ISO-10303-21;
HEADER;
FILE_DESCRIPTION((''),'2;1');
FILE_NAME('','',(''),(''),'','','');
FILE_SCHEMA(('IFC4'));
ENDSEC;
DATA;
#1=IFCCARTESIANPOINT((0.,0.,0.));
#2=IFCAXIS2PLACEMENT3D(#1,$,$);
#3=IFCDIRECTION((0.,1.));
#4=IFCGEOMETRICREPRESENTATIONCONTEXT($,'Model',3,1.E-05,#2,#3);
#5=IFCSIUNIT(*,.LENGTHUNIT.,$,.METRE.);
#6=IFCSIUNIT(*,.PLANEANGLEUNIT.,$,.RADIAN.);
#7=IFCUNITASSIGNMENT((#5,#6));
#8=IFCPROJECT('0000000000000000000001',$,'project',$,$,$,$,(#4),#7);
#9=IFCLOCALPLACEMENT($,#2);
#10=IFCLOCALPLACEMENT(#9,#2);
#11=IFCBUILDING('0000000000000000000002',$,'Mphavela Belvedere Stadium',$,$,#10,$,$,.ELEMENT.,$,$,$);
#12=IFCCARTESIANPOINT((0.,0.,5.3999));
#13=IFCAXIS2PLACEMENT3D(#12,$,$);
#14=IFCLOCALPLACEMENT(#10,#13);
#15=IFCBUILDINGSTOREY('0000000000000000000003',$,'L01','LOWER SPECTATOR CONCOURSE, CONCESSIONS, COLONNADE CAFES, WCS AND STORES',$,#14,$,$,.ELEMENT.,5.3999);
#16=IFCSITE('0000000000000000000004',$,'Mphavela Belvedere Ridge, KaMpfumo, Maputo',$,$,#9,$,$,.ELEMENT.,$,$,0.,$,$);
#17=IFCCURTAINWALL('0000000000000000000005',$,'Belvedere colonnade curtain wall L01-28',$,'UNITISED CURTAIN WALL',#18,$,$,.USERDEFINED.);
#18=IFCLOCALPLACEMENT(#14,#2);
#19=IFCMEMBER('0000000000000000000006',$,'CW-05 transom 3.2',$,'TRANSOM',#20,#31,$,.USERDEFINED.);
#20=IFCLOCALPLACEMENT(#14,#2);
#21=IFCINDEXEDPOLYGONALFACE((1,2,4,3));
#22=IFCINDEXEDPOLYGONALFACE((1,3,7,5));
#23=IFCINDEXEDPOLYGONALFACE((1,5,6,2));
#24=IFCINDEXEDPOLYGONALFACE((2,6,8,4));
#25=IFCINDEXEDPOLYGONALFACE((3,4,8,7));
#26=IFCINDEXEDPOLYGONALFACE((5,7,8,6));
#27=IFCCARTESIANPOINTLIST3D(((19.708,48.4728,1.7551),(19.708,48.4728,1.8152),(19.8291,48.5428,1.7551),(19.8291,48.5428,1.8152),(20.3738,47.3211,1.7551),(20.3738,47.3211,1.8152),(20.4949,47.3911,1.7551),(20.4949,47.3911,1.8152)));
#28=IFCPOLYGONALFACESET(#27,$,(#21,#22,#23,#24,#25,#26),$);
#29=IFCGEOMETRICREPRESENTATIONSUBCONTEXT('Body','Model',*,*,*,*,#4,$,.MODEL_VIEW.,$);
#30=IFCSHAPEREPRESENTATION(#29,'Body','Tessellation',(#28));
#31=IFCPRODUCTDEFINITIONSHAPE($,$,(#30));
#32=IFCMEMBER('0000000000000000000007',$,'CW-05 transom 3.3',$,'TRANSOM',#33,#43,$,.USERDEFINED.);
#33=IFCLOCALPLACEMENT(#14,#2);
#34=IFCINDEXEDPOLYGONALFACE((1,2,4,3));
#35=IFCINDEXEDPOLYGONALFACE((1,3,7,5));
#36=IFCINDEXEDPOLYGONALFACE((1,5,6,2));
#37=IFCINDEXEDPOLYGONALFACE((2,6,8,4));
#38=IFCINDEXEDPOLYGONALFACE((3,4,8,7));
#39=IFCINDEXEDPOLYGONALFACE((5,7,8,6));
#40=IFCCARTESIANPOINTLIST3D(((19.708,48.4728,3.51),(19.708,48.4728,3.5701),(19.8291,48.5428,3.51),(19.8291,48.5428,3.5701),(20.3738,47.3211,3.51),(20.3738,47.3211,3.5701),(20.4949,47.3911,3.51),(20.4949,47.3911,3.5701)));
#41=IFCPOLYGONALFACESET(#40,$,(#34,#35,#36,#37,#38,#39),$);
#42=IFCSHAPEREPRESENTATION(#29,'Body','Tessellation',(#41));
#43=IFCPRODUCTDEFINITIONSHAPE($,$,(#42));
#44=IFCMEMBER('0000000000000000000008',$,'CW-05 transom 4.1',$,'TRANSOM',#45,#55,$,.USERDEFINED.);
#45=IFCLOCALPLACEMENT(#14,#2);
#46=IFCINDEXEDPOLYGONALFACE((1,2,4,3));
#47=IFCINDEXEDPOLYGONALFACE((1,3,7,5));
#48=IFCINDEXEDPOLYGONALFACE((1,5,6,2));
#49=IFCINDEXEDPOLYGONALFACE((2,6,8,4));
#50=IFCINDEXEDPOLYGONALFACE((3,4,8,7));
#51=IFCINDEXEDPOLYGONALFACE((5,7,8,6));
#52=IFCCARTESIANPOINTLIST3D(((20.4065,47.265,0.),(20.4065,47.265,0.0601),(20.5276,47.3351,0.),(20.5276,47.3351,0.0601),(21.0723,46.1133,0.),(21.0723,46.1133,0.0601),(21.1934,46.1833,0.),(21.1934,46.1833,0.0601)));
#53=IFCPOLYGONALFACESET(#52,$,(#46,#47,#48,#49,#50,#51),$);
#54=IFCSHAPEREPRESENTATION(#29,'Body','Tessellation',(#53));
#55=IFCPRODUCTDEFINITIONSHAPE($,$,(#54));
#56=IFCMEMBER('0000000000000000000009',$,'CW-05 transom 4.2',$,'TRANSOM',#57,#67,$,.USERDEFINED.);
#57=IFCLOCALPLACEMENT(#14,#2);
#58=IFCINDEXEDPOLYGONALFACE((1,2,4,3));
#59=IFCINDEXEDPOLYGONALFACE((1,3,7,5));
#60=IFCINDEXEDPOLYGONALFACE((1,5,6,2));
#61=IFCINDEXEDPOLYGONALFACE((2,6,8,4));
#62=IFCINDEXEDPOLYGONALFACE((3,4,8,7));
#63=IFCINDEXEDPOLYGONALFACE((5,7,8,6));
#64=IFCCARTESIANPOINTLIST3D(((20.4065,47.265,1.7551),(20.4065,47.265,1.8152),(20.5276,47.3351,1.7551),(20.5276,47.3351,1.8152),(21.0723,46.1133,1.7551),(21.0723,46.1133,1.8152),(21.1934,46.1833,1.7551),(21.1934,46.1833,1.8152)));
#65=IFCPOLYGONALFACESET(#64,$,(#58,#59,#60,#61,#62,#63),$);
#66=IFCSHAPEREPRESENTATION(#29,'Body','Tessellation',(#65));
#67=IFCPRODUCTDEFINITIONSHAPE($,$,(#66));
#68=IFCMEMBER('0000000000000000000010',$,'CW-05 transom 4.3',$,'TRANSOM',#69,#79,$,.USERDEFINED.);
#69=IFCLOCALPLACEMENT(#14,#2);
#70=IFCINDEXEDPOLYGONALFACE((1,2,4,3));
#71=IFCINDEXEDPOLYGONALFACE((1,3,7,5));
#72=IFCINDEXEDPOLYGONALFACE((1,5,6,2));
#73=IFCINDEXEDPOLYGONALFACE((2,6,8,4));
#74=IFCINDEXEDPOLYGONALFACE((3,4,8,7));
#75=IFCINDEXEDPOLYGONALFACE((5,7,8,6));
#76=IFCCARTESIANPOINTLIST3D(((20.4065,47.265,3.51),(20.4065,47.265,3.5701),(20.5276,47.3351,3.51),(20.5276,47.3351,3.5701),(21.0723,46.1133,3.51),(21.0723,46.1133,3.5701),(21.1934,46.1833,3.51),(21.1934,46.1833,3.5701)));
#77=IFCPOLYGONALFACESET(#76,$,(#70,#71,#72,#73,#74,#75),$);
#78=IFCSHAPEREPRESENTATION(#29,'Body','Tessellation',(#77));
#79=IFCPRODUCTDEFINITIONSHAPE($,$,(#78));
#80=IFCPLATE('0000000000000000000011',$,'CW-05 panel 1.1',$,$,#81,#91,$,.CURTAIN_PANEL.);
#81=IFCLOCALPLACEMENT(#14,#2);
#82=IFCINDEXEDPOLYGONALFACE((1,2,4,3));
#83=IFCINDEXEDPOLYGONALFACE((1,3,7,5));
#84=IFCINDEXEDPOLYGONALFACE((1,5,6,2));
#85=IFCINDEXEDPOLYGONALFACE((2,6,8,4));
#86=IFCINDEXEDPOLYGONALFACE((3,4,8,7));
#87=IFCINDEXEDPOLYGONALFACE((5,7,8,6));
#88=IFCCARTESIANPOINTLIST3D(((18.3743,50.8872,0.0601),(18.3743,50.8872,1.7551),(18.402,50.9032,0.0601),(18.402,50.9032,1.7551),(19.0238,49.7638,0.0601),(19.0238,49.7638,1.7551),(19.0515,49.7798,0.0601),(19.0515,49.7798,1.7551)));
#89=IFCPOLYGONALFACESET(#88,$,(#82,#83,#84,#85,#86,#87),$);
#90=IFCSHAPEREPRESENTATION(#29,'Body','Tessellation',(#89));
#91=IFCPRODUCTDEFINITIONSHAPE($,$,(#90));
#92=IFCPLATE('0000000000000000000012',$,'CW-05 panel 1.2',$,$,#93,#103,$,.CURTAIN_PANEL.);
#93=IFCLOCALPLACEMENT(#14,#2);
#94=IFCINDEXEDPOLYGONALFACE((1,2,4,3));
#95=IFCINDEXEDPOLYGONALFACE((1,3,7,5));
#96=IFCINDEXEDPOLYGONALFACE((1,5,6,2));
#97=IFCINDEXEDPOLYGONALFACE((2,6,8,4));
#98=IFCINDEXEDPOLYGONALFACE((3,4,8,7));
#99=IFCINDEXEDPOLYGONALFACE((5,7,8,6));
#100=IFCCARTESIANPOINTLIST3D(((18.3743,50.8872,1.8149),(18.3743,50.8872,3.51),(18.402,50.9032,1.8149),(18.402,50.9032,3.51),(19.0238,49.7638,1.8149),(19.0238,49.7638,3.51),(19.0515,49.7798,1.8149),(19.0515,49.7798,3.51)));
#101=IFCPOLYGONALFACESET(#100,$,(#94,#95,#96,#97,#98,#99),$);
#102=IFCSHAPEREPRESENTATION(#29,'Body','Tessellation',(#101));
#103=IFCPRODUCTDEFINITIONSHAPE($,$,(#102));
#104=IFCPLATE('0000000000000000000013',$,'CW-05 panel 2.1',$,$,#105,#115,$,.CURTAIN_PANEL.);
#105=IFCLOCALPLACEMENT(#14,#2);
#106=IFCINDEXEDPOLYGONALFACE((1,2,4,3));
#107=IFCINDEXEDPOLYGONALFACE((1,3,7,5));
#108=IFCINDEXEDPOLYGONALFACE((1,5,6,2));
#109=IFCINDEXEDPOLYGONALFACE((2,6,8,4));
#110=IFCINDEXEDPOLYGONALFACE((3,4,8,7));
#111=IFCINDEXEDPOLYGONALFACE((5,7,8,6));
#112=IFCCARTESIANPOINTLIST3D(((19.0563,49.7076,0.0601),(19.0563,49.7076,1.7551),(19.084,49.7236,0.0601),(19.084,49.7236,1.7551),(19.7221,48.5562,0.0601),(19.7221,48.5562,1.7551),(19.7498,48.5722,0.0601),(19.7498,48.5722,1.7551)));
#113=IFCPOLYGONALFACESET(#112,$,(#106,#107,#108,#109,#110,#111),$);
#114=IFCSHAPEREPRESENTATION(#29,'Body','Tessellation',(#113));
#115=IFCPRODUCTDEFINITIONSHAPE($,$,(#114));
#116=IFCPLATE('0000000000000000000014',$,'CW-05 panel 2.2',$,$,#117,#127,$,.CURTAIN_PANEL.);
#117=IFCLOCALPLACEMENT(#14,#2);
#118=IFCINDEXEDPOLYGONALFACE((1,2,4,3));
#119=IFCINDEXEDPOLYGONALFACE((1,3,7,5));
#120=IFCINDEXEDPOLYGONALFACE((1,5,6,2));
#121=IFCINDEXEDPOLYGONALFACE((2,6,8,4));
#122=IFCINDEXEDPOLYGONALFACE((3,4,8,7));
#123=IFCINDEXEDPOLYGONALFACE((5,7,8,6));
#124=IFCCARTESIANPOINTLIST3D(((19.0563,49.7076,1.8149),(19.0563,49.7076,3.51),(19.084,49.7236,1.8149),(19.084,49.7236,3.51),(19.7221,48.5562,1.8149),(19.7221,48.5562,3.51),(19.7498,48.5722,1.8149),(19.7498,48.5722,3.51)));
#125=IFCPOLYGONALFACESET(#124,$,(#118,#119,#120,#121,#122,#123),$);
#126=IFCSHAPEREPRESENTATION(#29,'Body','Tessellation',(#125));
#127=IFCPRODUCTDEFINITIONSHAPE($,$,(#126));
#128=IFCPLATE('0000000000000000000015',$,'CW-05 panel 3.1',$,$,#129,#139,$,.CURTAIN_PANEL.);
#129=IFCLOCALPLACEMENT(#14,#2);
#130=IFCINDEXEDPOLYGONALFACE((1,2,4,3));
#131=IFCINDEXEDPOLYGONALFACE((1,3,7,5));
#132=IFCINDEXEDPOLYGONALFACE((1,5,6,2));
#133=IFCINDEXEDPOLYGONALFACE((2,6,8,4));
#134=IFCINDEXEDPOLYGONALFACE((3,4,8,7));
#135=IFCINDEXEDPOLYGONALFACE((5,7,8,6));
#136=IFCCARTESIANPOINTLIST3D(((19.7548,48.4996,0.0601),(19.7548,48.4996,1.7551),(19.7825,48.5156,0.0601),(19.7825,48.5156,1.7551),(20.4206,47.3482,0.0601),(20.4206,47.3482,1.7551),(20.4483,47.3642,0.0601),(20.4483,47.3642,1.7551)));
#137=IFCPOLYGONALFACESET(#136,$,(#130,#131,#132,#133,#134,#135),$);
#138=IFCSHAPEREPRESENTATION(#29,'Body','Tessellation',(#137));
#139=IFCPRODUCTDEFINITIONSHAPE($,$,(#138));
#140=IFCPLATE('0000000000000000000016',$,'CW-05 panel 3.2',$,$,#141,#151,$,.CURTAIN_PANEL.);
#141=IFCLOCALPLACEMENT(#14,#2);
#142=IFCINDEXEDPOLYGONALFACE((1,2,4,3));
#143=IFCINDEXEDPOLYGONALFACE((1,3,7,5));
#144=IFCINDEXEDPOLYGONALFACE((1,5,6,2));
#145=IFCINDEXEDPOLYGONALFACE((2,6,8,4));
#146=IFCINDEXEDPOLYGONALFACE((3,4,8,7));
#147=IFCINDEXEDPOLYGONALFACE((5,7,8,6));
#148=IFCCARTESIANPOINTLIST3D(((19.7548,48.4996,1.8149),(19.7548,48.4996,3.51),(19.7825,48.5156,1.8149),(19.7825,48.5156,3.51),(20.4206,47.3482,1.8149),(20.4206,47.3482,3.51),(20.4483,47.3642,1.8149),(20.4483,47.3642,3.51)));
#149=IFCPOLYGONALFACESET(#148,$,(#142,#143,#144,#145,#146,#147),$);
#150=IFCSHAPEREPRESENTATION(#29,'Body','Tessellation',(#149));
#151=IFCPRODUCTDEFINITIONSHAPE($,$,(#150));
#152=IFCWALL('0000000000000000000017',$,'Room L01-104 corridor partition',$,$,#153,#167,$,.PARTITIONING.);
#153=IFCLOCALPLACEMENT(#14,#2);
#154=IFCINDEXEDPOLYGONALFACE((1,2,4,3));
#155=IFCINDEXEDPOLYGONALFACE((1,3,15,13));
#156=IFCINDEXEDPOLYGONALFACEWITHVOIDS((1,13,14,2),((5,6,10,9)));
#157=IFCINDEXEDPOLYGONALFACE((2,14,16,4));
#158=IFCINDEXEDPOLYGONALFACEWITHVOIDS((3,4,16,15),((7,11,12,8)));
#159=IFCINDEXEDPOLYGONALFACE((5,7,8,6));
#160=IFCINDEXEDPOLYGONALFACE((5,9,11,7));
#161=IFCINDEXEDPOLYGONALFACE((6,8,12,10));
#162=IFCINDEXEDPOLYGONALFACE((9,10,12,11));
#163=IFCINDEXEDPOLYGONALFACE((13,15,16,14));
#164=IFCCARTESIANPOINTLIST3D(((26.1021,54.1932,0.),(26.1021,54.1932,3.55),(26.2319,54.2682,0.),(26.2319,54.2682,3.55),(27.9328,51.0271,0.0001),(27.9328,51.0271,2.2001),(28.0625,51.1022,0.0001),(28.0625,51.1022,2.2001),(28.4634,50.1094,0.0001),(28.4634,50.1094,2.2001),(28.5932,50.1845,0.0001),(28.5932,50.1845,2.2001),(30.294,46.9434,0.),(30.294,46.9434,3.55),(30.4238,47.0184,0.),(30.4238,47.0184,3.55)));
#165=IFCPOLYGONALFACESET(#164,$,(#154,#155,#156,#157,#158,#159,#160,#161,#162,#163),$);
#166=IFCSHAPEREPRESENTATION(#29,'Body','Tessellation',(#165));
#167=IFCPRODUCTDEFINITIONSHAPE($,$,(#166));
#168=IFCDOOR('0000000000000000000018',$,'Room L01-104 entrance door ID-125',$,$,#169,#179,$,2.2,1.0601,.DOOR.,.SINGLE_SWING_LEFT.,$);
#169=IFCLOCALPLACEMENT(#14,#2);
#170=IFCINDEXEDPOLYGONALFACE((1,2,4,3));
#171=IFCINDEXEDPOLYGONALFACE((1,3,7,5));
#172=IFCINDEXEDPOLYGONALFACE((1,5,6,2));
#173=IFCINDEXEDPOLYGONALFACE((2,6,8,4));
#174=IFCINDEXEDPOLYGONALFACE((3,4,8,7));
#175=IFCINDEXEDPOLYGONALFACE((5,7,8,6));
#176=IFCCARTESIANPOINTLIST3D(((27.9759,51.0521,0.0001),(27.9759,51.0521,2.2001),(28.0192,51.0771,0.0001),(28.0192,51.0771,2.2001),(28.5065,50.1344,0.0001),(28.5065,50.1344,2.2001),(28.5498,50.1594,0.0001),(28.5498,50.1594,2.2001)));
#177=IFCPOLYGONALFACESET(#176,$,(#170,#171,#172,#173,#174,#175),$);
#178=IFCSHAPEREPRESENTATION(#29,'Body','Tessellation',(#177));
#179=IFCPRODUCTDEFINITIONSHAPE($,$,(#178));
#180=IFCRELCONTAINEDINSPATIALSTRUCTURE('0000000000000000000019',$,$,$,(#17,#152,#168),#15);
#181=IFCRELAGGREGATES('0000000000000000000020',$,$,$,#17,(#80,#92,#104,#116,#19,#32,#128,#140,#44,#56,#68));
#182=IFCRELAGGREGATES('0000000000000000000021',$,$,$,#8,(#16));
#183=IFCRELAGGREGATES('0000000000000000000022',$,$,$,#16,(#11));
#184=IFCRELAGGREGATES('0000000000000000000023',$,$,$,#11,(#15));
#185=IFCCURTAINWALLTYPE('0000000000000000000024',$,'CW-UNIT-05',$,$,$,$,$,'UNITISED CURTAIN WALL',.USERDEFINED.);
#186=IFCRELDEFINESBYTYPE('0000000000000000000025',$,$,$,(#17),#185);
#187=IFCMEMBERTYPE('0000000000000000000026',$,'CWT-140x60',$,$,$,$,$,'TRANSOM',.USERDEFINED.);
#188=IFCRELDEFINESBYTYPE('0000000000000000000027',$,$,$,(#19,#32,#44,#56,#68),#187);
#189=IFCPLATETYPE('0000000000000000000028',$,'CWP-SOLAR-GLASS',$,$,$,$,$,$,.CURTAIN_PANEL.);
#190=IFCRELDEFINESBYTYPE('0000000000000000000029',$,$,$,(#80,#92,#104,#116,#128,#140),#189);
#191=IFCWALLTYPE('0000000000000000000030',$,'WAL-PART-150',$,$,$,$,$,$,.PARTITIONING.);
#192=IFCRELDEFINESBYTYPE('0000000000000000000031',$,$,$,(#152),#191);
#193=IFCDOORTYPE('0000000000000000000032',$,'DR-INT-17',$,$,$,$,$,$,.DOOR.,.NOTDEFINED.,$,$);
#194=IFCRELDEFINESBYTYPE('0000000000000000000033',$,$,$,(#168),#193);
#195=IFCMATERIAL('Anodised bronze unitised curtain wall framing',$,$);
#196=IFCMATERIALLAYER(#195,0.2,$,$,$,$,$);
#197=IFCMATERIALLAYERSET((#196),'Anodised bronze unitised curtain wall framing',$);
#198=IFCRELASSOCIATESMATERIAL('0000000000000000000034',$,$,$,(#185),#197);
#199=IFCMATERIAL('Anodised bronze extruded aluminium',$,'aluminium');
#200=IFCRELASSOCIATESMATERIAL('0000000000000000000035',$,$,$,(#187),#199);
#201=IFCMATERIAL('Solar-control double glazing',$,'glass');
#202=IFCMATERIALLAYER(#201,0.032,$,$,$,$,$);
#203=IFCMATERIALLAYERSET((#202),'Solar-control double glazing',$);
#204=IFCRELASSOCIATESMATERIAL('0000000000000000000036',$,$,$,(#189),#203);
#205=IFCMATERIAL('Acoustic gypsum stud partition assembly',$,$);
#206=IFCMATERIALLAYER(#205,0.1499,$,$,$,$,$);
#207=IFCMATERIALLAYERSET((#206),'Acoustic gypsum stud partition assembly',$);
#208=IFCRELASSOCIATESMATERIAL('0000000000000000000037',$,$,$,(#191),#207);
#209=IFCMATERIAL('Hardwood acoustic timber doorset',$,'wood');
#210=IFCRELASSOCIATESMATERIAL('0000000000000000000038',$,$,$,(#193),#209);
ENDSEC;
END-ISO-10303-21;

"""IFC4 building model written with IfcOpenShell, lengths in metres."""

from ifc_helpers import new_model, si_unit, direction, frame, frame_2d, origin, origin_2d, place, context, subcontext, project, spatial, rectangle, extrude, material, layer, layer_set, material_profile, profile_set, type_object, element, fill, aggregate, save


model = new_model("IFC4")

# Units and contexts
model_context = context("Model", 3, precision=1e-05, world=origin(), true_north=direction((0.0, 1.0)))
body_context = subcontext(model_context, "Body", "Model", "MODEL_VIEW")
ifc_project = project(units=[si_unit("LENGTHUNIT", "METRE"), si_unit("PLANEANGLEUNIT", "RADIAN")], contexts=[model_context])

# Site, building, storey
site_placement = place(None, origin())
site = spatial("IfcSite", under=ifc_project, at=site_placement, Name="Mphavela Belvedere Ridge, KaMpfumo, Maputo", CompositionType="ELEMENT", RefElevation=0.0)
building_placement = place(site_placement, origin())
building = spatial("IfcBuilding", under=site, at=building_placement, Name="Mphavela Belvedere Stadium", CompositionType="ELEMENT")
storey_placement = place(building_placement, frame((0.0, 0.0, 5.3999)))
storey = spatial("IfcBuildingStorey", under=building, at=storey_placement, Name="L01", Description="LOWER SPECTATOR CONCOURSE, CONCESSIONS, COLONNADE CAFES, WCS AND STORES", CompositionType="ELEMENT", Elevation=5.3999)

# Curtain wall, members, plates
ifc_material_1 = material(Name="Anodised bronze unitised curtain wall framing")
ifc_layer_1 = layer(ifc_material_1, 0.2)
ifc_layer_set_1 = layer_set([ifc_layer_1], Name="Anodised bronze unitised curtain wall framing")
curtain_wall_type = type_object("IfcCurtainWallType", Name="CW-UNIT-05", ElementType="UNITISED CURTAIN WALL", PredefinedType="USERDEFINED", material=ifc_layer_set_1)
curtain_wall_placement = place(storey_placement, origin())
curtain_wall = element("IfcCurtainWall", 1, at=curtain_wall_placement, inside=storey, type_object=curtain_wall_type, Name="Belvedere colonnade curtain wall L01-28", ObjectType="UNITISED CURTAIN WALL", PredefinedType="USERDEFINED")
ifc_material_2 = material(Name="Anodised bronze extruded aluminium", Category="aluminium")
ifc_material_profile_1 = material_profile(ifc_material_2, rectangle(XDim=0.1399, YDim=0.0601, at=origin_2d()), Name="CW-TRN 140x60")
ifc_profile_set_1 = profile_set([ifc_material_profile_1], Name="Anodised bronze extruded aluminium")
member_type_1 = type_object("IfcMemberType", Name="CWT-140x60", ElementType="TRANSOM", PredefinedType="USERDEFINED", material=ifc_profile_set_1)
member_1_placement = place(storey_placement, frame((19.7686, 48.5078, 1.7852), z_axis=(0.500501, -0.865736, 0.0), x_axis=(0.865736, 0.500501, 0.0)))
member_1 = element("IfcMember", 2, at=member_1_placement, type_object=member_type_1, Name="CW-05 transom 3.2", ObjectType="TRANSOM", PredefinedType="USERDEFINED", context=body_context, shape_type="SweptSolid", body=[
    extrude(rectangle(XDim=0.1399, YDim=0.0601, at=origin_2d()), origin(), (0.0, 0.0, 1.0), 1.3303),
])
member_2_placement = place(storey_placement, frame((19.7686, 48.5078, 3.54), z_axis=(0.500501, -0.865736, 0.0), x_axis=(0.865736, 0.500501, 0.0)))
member_2 = element("IfcMember", 3, at=member_2_placement, type_object=member_type_1, Name="CW-05 transom 3.3", ObjectType="TRANSOM", PredefinedType="USERDEFINED", context=body_context, shape_type="SweptSolid", body=[
    extrude(rectangle(XDim=0.1399, YDim=0.0601, at=origin_2d()), origin(), (0.0, 0.0, 1.0), 1.3303),
])
member_3_placement = place(storey_placement, frame((20.467, 47.3, 0.03), z_axis=(0.500501, -0.865736, 0.0), x_axis=(0.865736, 0.500501, 0.0)))
member_3 = element("IfcMember", 4, at=member_3_placement, type_object=member_type_1, Name="CW-05 transom 4.1", ObjectType="TRANSOM", PredefinedType="USERDEFINED", context=body_context, shape_type="SweptSolid", body=[
    extrude(rectangle(XDim=0.1399, YDim=0.0601, at=origin_2d()), origin(), (0.0, 0.0, 1.0), 1.3303),
])
member_4_placement = place(storey_placement, frame((20.467, 47.3, 1.7852), z_axis=(0.500501, -0.865736, 0.0), x_axis=(0.865736, 0.500501, 0.0)))
member_4 = element("IfcMember", 5, at=member_4_placement, type_object=member_type_1, Name="CW-05 transom 4.2", ObjectType="TRANSOM", PredefinedType="USERDEFINED", context=body_context, shape_type="SweptSolid", body=[
    extrude(rectangle(XDim=0.1399, YDim=0.0601, at=origin_2d()), origin(), (0.0, 0.0, 1.0), 1.3303),
])
member_5_placement = place(storey_placement, frame((20.467, 47.3, 3.54), z_axis=(0.500501, -0.865736, 0.0), x_axis=(0.865736, 0.500501, 0.0)))
member_5 = element("IfcMember", 6, at=member_5_placement, type_object=member_type_1, Name="CW-05 transom 4.3", ObjectType="TRANSOM", PredefinedType="USERDEFINED", context=body_context, shape_type="SweptSolid", body=[
    extrude(rectangle(XDim=0.1399, YDim=0.0601, at=origin_2d()), origin(), (0.0, 0.0, 1.0), 1.3303),
])
ifc_material_3 = material(Name="Solar-control double glazing", Category="glass")
ifc_layer_2 = layer(ifc_material_3, 0.032)
ifc_layer_set_2 = layer_set([ifc_layer_2], Name="Solar-control double glazing")
plate_type = type_object("IfcPlateType", Name="CWP-SOLAR-GLASS", PredefinedType="CURTAIN_PANEL", material=ifc_layer_set_2)
plate_1_placement = place(storey_placement, frame((18.7129, 50.3335, 0.0601), z_axis=(0.0, 0.0, 1.0), x_axis=(0.500561, -0.865702, 0.0)))
plate_1 = element("IfcPlate", 7, at=plate_1_placement, type_object=plate_type, Name="CW-05 panel 1.1", PredefinedType="CURTAIN_PANEL", context=body_context, shape_type="SweptSolid", body=[
    extrude(rectangle(XDim=1.2976, YDim=0.032, at=origin_2d()), origin(), (0.0, 0.0, 1.0), 1.6951),
])
plate_2_placement = place(storey_placement, frame((18.7129, 50.3335, 1.8149), z_axis=(0.0, 0.0, 1.0), x_axis=(0.500561, -0.865702, 0.0)))
plate_2 = element("IfcPlate", 8, at=plate_2_placement, type_object=plate_type, Name="CW-05 panel 1.2", PredefinedType="CURTAIN_PANEL", context=body_context, shape_type="SweptSolid", body=[
    extrude(rectangle(XDim=1.2976, YDim=0.032, at=origin_2d()), origin(), (0.0, 0.0, 1.0), 1.6951),
])
plate_3_placement = place(storey_placement, frame((19.4031, 49.1399, 0.0601), z_axis=(0.0, 0.0, 1.0), x_axis=(0.500561, -0.865702, 0.0)))
plate_3 = element("IfcPlate", 9, at=plate_3_placement, type_object=plate_type, Name="CW-05 panel 2.1", PredefinedType="CURTAIN_PANEL", context=body_context, shape_type="SweptSolid", body=[
    extrude(rectangle(XDim=1.3301, YDim=0.032, at=origin_2d()), origin(), (0.0, 0.0, 1.0), 1.6951),
])
plate_4_placement = place(storey_placement, frame((19.4031, 49.1399, 1.8149), z_axis=(0.0, 0.0, 1.0), x_axis=(0.500561, -0.865702, 0.0)))
plate_4 = element("IfcPlate", 10, at=plate_4_placement, type_object=plate_type, Name="CW-05 panel 2.2", PredefinedType="CURTAIN_PANEL", context=body_context, shape_type="SweptSolid", body=[
    extrude(rectangle(XDim=1.3301, YDim=0.032, at=origin_2d()), origin(), (0.0, 0.0, 1.0), 1.6951),
])
plate_5_placement = place(storey_placement, frame((20.1016, 47.9319, 0.0601), z_axis=(0.0, 0.0, 1.0), x_axis=(0.500561, -0.865702, 0.0)))
plate_5 = element("IfcPlate", 11, at=plate_5_placement, type_object=plate_type, Name="CW-05 panel 3.1", PredefinedType="CURTAIN_PANEL", context=body_context, shape_type="SweptSolid", body=[
    extrude(rectangle(XDim=1.3301, YDim=0.032, at=origin_2d()), origin(), (0.0, 0.0, 1.0), 1.6951),
])
plate_6_placement = place(storey_placement, frame((20.1016, 47.9319, 1.8149), z_axis=(0.0, 0.0, 1.0), x_axis=(0.500561, -0.865702, 0.0)))
plate_6 = element("IfcPlate", 12, at=plate_6_placement, type_object=plate_type, Name="CW-05 panel 3.2", PredefinedType="CURTAIN_PANEL", context=body_context, shape_type="SweptSolid", body=[
    extrude(rectangle(XDim=1.3301, YDim=0.032, at=origin_2d()), origin(), (0.0, 0.0, 1.0), 1.6951),
])
aggregate(curtain_wall, [plate_1, plate_2, plate_3, plate_4, member_1, member_2, plate_5, plate_6, member_3, member_4, member_5])

# Wall, opening, door
ifc_material_4 = material(Name="Acoustic gypsum stud partition assembly")
ifc_layer_3 = layer(ifc_material_4, 0.1499)
ifc_layer_set_3 = layer_set([ifc_layer_3], Name="Acoustic gypsum stud partition assembly")
wall_type_1 = type_object("IfcWallType", Name="WAL-PART-150", PredefinedType="PARTITIONING", material=ifc_layer_set_3)
wall_1_placement = place(storey_placement, frame((26.167, 54.2307, 0.0), z_axis=(0.0, 0.0, 1.0), x_axis=(0.500559, -0.865702, 0.0)))
wall_1 = element("IfcWall", 13, at=wall_1_placement, inside=storey, type_object=wall_type_1, Name="Room L01-104 corridor partition", PredefinedType="PARTITIONING", context=body_context, shape_type="SweptSolid", body=[
    extrude(rectangle(XDim=8.3745, YDim=0.1499, at=frame_2d((4.1873, 0.0))), origin(), (0.0, 0.0, 1.0), 3.55),
])
opening_1_placement = place(wall_1_placement, frame((3.6572, 0.0, 0.0)))
opening_1 = element("IfcOpeningElement", 14, at=opening_1_placement, cuts=wall_1, PredefinedType="OPENING", context=body_context, shape_type="SweptSolid", body=[
    extrude(rectangle(XDim=1.0601, YDim=2.2, at=frame_2d((0.53, 1.1001))), frame((0.0, 0.085, 0.0), z_axis=(0.0, -1.0, 0.0), x_axis=(1.0, 0.0, 0.0)), (0.0, 0.0, 1.0), 0.1699),
])
ifc_material_5 = material(Name="Hardwood acoustic timber doorset", Category="wood")
door_type_1 = type_object("IfcDoorType", Name="DR-INT-17", OperationType="NOTDEFINED", PredefinedType="DOOR", material=ifc_material_5)
door_1_placement = place(opening_1_placement, origin())
door_1 = element("IfcDoor", 15, at=door_1_placement, inside=storey, type_object=door_type_1, Name="Room L01-104 entrance door ID-125", OperationType="SINGLE_SWING_LEFT", OverallHeight=2.2, OverallWidth=1.0601, PredefinedType="DOOR", context=body_context, shape_type="SweptSolid", body=[
    extrude(rectangle(XDim=1.0601, YDim=2.2, at=frame_2d((0.53, 1.1001))), frame((0.0, 0.0249, 0.0), z_axis=(0.0, -1.0, 0.0), x_axis=(1.0, 0.0, 0.0)), (0.0, 0.0, 1.0), 0.05),
])
fill(opening_1, door_1)

save(model, "model.ifc")
